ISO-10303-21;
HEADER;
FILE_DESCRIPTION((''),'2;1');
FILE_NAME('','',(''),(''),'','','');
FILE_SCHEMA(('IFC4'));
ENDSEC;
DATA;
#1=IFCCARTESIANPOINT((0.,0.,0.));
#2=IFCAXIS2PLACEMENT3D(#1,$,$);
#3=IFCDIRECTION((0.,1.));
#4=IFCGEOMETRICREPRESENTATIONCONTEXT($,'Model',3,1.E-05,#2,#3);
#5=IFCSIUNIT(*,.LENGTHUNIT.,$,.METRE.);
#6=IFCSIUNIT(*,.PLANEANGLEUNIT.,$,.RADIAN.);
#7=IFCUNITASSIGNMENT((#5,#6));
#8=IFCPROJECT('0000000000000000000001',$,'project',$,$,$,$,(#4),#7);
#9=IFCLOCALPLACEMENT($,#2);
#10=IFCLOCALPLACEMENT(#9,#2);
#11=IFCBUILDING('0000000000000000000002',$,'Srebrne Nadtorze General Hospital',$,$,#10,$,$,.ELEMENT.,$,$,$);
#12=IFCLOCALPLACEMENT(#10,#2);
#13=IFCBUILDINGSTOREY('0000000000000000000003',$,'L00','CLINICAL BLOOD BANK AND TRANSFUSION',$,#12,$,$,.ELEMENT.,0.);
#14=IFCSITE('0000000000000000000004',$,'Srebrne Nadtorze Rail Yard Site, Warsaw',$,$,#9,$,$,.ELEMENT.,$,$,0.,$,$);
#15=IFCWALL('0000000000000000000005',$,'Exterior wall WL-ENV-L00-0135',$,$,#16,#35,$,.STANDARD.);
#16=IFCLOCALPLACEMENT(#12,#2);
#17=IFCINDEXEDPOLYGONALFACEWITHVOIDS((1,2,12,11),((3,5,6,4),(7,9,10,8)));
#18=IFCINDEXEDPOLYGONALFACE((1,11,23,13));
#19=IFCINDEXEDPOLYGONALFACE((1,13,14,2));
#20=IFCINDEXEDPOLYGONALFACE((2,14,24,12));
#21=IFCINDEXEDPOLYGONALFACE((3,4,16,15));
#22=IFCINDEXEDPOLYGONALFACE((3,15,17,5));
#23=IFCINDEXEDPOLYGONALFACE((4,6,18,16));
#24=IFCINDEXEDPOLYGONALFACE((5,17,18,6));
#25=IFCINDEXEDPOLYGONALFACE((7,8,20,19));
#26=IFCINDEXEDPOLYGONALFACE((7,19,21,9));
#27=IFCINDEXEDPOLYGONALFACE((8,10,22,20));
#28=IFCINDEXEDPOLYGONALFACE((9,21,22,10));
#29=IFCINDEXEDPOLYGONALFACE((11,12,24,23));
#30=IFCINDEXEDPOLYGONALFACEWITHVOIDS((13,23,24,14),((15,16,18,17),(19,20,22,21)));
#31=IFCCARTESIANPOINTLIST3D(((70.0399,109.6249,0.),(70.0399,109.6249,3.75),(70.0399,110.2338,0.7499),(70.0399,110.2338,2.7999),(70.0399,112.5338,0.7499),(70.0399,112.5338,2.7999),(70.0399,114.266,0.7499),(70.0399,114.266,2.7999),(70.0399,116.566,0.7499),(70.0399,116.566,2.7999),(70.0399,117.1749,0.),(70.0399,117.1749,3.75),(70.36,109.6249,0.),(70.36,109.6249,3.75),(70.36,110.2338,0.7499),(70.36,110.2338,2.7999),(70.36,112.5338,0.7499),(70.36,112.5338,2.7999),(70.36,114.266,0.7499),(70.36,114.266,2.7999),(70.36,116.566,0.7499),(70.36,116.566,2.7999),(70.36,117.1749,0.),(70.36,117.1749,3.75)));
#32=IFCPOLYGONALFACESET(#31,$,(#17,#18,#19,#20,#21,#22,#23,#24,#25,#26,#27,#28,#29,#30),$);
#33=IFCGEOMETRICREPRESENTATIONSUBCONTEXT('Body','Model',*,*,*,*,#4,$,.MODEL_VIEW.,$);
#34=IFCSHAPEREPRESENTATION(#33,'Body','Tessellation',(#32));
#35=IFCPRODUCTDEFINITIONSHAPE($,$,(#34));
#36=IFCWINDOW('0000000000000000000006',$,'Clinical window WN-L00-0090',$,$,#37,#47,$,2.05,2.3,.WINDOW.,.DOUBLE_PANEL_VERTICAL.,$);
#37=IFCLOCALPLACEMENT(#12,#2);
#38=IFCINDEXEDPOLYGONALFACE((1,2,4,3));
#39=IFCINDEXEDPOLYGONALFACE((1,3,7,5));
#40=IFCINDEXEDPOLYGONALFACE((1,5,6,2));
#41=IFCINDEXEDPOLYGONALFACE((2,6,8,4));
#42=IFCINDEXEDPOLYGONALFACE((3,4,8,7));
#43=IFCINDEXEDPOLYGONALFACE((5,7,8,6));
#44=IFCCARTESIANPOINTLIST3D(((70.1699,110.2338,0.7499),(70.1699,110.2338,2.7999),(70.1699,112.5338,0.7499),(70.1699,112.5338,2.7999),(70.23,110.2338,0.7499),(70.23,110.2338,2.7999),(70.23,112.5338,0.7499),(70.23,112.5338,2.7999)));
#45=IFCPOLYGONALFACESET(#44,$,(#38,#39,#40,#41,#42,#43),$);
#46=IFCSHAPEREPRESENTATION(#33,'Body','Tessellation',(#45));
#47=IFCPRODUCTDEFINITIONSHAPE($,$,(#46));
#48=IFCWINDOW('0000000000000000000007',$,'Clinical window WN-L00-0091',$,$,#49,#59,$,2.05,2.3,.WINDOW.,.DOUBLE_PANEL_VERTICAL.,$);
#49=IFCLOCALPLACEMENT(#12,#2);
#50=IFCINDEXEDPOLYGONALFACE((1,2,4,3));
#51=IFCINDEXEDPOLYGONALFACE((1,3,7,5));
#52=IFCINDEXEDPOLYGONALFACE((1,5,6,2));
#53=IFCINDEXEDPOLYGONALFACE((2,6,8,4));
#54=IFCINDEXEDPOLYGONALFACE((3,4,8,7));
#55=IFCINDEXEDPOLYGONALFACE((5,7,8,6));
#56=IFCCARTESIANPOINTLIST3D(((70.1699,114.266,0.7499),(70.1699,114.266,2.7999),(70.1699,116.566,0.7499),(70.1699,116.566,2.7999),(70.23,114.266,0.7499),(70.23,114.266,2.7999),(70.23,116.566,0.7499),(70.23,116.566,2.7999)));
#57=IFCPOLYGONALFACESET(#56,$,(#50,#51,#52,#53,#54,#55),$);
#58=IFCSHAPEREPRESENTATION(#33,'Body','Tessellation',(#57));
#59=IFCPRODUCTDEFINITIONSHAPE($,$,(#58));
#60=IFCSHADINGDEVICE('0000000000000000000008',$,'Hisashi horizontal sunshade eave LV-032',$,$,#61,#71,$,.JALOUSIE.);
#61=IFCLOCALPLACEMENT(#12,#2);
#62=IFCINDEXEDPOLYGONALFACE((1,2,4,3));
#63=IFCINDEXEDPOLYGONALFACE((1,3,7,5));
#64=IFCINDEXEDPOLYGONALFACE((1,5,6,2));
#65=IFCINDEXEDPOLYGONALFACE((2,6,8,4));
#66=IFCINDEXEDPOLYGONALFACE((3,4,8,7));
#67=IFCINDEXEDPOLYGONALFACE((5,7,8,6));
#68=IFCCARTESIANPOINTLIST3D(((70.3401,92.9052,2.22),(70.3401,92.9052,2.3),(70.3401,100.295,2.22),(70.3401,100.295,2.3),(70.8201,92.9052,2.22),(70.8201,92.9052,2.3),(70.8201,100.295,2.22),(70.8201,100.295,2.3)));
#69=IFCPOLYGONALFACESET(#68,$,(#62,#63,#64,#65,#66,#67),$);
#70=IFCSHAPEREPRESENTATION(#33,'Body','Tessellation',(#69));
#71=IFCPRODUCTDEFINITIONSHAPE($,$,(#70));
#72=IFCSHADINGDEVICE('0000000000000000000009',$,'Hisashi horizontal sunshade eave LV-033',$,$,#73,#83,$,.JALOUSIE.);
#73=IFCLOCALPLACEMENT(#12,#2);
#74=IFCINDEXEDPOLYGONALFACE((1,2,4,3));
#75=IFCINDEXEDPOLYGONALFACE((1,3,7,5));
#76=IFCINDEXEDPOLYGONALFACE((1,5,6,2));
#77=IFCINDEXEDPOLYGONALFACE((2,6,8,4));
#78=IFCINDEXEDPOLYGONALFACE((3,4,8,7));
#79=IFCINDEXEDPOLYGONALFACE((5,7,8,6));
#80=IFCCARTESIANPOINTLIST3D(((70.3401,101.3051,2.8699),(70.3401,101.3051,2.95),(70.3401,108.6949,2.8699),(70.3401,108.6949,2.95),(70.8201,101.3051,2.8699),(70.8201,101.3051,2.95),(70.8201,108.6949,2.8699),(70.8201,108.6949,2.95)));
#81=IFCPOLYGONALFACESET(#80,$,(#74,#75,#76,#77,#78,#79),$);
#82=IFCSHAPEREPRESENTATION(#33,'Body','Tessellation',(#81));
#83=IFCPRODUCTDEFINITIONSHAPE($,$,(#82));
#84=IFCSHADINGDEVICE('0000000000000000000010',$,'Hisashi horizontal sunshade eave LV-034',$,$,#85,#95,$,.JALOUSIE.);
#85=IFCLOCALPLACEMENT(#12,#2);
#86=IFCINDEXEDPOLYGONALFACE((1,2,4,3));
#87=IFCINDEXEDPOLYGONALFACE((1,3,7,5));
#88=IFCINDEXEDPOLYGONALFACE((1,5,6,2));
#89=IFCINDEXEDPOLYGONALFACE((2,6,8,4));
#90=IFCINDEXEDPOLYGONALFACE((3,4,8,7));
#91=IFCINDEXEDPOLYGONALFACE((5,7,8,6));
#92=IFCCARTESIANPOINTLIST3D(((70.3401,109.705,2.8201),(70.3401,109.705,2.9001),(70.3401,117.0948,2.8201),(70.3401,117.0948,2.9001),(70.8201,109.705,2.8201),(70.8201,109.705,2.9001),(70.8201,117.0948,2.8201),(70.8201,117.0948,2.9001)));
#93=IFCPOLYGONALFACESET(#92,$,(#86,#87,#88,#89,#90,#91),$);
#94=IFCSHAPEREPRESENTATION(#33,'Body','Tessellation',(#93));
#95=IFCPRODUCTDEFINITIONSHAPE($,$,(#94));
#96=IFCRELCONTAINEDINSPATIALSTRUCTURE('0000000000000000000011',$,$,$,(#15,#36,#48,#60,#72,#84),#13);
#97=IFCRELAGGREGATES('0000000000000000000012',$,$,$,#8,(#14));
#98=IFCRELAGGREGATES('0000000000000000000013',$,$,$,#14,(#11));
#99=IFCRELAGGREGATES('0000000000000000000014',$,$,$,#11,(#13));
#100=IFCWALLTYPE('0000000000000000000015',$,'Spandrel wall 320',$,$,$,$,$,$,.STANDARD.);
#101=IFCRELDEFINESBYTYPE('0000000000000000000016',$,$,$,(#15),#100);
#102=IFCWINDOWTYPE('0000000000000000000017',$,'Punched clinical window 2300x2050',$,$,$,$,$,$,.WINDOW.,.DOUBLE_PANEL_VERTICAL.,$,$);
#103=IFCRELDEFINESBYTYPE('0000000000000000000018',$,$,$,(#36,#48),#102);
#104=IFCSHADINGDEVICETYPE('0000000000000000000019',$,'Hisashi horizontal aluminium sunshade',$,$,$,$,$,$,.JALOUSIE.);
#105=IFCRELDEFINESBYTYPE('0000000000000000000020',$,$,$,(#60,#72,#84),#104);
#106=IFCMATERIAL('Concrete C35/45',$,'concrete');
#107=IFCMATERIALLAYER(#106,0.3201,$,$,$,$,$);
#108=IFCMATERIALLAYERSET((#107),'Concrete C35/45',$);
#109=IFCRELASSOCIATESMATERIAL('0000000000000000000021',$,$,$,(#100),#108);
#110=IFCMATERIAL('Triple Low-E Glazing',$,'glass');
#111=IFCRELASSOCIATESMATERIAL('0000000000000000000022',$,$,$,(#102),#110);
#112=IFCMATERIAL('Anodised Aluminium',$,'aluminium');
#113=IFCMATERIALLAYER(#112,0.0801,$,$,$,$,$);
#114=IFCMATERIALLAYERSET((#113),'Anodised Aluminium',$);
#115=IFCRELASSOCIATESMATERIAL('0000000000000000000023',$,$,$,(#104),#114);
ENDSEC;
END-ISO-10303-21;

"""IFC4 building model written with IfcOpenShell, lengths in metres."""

from ifc_helpers import new_model, si_unit, direction, frame, frame_2d, origin, origin_2d, place, context, subcontext, project, spatial, rectangle, extrude, material, layer, layer_set, type_object, element, fill, save


model = new_model("IFC4")

# Units and contexts
model_context = context("Model", 3, precision=1e-05, world=origin(), true_north=direction((0.0, 1.0)))
body_context = subcontext(model_context, "Body", "Model", "MODEL_VIEW")
ifc_project = project(units=[si_unit("LENGTHUNIT", "METRE"), si_unit("PLANEANGLEUNIT", "RADIAN")], contexts=[model_context])

# Site, building, storey
site_placement = place(None, origin())
site = spatial("IfcSite", under=ifc_project, at=site_placement, Name="Srebrne Nadtorze Rail Yard Site, Warsaw", CompositionType="ELEMENT", RefElevation=0.0)
building_placement = place(site_placement, origin())
building = spatial("IfcBuilding", under=site, at=building_placement, Name="Srebrne Nadtorze General Hospital", CompositionType="ELEMENT")
storey_placement = place(building_placement, origin())
storey = spatial("IfcBuildingStorey", under=building, at=storey_placement, Name="L00", Description="CLINICAL BLOOD BANK AND TRANSFUSION", CompositionType="ELEMENT", Elevation=0.0)

# Wall, openings, windows
ifc_material_1 = material(Name="Concrete C35/45", Category="concrete")
ifc_layer_1 = layer(ifc_material_1, 0.3201)
ifc_layer_set_1 = layer_set([ifc_layer_1], Name="Concrete C35/45")
wall_type_1 = type_object("IfcWallType", Name="Spandrel wall 320", PredefinedType="STANDARD", material=ifc_layer_set_1)
wall_1_placement = place(storey_placement, frame((70.2, 109.625, 0.0), z_axis=(0.0, 0.0, 1.0), x_axis=(0.0, 1.0, 0.0)))
wall_1 = element("IfcWall", 1, at=wall_1_placement, inside=storey, type_object=wall_type_1, Name="Exterior wall WL-ENV-L00-0135", PredefinedType="STANDARD", context=body_context, shape_type="SweptSolid", body=[
    extrude(rectangle(XDim=7.55, YDim=0.3201, at=frame_2d((3.7749, 0.0))), origin(), (0.0, 0.0, 1.0), 3.75),
])
opening_1_placement = place(wall_1_placement, frame((0.6089, 0.0, 0.75)))
opening_1 = element("IfcOpeningElement", 2, at=opening_1_placement, cuts=wall_1, PredefinedType="OPENING", context=body_context, shape_type="SweptSolid", body=[
    extrude(rectangle(XDim=2.3, YDim=2.05, at=frame_2d((1.1499, 1.0249))), frame((0.0, 0.1719, 0.0), z_axis=(0.0, -1.0, 0.0), x_axis=(1.0, 0.0, 0.0)), (0.0, 0.0, 1.0), 0.344),
])
opening_2_placement = place(wall_1_placement, frame((4.6411, 0.0, 0.75)))
opening_2 = element("IfcOpeningElement", 3, at=opening_2_placement, cuts=wall_1, PredefinedType="OPENING", context=body_context, shape_type="SweptSolid", body=[
    extrude(rectangle(XDim=2.3, YDim=2.05, at=frame_2d((1.1499, 1.0249))), frame((0.0, 0.1719, 0.0), z_axis=(0.0, -1.0, 0.0), x_axis=(1.0, 0.0, 0.0)), (0.0, 0.0, 1.0), 0.344),
])
ifc_material_2 = material(Name="Triple Low-E Glazing", Category="glass")
window_type_1 = type_object("IfcWindowType", Name="Punched clinical window 2300x2050", PartitioningType="DOUBLE_PANEL_VERTICAL", PredefinedType="WINDOW", material=ifc_material_2)
window_1_placement = place(opening_1_placement, origin())
window_1 = element("IfcWindow", 4, at=window_1_placement, inside=storey, type_object=window_type_1, Name="Clinical window WN-L00-0090", OverallHeight=2.05, OverallWidth=2.3, PartitioningType="DOUBLE_PANEL_VERTICAL", PredefinedType="WINDOW", context=body_context, shape_type="SweptSolid", body=[
    extrude(rectangle(XDim=2.3, YDim=2.05, at=frame_2d((1.1499, 1.0249))), frame((0.0, 0.03, 0.0), z_axis=(0.0, -1.0, 0.0), x_axis=(1.0, 0.0, 0.0)), (0.0, 0.0, 1.0), 0.0601),
])
fill(opening_1, window_1)
window_2_placement = place(opening_2_placement, origin())
window_2 = element("IfcWindow", 5, at=window_2_placement, inside=storey, type_object=window_type_1, Name="Clinical window WN-L00-0091", OverallHeight=2.05, OverallWidth=2.3, PartitioningType="DOUBLE_PANEL_VERTICAL", PredefinedType="WINDOW", context=body_context, shape_type="SweptSolid", body=[
    extrude(rectangle(XDim=2.3, YDim=2.05, at=frame_2d((1.1499, 1.0249))), frame((0.0, 0.03, 0.0), z_axis=(0.0, -1.0, 0.0), x_axis=(1.0, 0.0, 0.0)), (0.0, 0.0, 1.0), 0.0601),
])
fill(opening_2, window_2)

# Shading devices
ifc_material_3 = material(Name="Anodised Aluminium", Category="aluminium")
ifc_layer_2 = layer(ifc_material_3, 0.0801)
ifc_layer_set_2 = layer_set([ifc_layer_2], Name="Anodised Aluminium")
shading_device_type = type_object("IfcShadingDeviceType", Name="Hisashi horizontal aluminium sunshade", PredefinedType="JALOUSIE", material=ifc_layer_set_2)
for number, where, z_axis, x_axis, name in (
    (6, (70.5801, 96.6001, 2.22), (0.0, 0.0, 1.0), (1.0, 0.0, 0.0), "Hisashi horizontal sunshade eave LV-032"),
    (7, (70.5801, 105.0, 2.8699), (0.0, 0.0, 1.0), (1.0, 0.0, 0.0), "Hisashi horizontal sunshade eave LV-033"),
    (8, (70.5801, 113.3999, 2.8201), (0.0, 0.0, 1.0), (1.0, 0.0, 0.0), "Hisashi horizontal sunshade eave LV-034"),
):
    element("IfcShadingDevice", number, at=place(storey_placement, frame(where, z_axis=z_axis, x_axis=x_axis)), inside=storey, type_object=shading_device_type, Name=name, PredefinedType="JALOUSIE", context=body_context, shape_type="SweptSolid", body=[
        extrude(rectangle(XDim=0.48, YDim=7.3899, at=origin_2d()), origin(), (0.0, 0.0, 1.0), 0.0801),
    ])

save(model, "model.ifc")
